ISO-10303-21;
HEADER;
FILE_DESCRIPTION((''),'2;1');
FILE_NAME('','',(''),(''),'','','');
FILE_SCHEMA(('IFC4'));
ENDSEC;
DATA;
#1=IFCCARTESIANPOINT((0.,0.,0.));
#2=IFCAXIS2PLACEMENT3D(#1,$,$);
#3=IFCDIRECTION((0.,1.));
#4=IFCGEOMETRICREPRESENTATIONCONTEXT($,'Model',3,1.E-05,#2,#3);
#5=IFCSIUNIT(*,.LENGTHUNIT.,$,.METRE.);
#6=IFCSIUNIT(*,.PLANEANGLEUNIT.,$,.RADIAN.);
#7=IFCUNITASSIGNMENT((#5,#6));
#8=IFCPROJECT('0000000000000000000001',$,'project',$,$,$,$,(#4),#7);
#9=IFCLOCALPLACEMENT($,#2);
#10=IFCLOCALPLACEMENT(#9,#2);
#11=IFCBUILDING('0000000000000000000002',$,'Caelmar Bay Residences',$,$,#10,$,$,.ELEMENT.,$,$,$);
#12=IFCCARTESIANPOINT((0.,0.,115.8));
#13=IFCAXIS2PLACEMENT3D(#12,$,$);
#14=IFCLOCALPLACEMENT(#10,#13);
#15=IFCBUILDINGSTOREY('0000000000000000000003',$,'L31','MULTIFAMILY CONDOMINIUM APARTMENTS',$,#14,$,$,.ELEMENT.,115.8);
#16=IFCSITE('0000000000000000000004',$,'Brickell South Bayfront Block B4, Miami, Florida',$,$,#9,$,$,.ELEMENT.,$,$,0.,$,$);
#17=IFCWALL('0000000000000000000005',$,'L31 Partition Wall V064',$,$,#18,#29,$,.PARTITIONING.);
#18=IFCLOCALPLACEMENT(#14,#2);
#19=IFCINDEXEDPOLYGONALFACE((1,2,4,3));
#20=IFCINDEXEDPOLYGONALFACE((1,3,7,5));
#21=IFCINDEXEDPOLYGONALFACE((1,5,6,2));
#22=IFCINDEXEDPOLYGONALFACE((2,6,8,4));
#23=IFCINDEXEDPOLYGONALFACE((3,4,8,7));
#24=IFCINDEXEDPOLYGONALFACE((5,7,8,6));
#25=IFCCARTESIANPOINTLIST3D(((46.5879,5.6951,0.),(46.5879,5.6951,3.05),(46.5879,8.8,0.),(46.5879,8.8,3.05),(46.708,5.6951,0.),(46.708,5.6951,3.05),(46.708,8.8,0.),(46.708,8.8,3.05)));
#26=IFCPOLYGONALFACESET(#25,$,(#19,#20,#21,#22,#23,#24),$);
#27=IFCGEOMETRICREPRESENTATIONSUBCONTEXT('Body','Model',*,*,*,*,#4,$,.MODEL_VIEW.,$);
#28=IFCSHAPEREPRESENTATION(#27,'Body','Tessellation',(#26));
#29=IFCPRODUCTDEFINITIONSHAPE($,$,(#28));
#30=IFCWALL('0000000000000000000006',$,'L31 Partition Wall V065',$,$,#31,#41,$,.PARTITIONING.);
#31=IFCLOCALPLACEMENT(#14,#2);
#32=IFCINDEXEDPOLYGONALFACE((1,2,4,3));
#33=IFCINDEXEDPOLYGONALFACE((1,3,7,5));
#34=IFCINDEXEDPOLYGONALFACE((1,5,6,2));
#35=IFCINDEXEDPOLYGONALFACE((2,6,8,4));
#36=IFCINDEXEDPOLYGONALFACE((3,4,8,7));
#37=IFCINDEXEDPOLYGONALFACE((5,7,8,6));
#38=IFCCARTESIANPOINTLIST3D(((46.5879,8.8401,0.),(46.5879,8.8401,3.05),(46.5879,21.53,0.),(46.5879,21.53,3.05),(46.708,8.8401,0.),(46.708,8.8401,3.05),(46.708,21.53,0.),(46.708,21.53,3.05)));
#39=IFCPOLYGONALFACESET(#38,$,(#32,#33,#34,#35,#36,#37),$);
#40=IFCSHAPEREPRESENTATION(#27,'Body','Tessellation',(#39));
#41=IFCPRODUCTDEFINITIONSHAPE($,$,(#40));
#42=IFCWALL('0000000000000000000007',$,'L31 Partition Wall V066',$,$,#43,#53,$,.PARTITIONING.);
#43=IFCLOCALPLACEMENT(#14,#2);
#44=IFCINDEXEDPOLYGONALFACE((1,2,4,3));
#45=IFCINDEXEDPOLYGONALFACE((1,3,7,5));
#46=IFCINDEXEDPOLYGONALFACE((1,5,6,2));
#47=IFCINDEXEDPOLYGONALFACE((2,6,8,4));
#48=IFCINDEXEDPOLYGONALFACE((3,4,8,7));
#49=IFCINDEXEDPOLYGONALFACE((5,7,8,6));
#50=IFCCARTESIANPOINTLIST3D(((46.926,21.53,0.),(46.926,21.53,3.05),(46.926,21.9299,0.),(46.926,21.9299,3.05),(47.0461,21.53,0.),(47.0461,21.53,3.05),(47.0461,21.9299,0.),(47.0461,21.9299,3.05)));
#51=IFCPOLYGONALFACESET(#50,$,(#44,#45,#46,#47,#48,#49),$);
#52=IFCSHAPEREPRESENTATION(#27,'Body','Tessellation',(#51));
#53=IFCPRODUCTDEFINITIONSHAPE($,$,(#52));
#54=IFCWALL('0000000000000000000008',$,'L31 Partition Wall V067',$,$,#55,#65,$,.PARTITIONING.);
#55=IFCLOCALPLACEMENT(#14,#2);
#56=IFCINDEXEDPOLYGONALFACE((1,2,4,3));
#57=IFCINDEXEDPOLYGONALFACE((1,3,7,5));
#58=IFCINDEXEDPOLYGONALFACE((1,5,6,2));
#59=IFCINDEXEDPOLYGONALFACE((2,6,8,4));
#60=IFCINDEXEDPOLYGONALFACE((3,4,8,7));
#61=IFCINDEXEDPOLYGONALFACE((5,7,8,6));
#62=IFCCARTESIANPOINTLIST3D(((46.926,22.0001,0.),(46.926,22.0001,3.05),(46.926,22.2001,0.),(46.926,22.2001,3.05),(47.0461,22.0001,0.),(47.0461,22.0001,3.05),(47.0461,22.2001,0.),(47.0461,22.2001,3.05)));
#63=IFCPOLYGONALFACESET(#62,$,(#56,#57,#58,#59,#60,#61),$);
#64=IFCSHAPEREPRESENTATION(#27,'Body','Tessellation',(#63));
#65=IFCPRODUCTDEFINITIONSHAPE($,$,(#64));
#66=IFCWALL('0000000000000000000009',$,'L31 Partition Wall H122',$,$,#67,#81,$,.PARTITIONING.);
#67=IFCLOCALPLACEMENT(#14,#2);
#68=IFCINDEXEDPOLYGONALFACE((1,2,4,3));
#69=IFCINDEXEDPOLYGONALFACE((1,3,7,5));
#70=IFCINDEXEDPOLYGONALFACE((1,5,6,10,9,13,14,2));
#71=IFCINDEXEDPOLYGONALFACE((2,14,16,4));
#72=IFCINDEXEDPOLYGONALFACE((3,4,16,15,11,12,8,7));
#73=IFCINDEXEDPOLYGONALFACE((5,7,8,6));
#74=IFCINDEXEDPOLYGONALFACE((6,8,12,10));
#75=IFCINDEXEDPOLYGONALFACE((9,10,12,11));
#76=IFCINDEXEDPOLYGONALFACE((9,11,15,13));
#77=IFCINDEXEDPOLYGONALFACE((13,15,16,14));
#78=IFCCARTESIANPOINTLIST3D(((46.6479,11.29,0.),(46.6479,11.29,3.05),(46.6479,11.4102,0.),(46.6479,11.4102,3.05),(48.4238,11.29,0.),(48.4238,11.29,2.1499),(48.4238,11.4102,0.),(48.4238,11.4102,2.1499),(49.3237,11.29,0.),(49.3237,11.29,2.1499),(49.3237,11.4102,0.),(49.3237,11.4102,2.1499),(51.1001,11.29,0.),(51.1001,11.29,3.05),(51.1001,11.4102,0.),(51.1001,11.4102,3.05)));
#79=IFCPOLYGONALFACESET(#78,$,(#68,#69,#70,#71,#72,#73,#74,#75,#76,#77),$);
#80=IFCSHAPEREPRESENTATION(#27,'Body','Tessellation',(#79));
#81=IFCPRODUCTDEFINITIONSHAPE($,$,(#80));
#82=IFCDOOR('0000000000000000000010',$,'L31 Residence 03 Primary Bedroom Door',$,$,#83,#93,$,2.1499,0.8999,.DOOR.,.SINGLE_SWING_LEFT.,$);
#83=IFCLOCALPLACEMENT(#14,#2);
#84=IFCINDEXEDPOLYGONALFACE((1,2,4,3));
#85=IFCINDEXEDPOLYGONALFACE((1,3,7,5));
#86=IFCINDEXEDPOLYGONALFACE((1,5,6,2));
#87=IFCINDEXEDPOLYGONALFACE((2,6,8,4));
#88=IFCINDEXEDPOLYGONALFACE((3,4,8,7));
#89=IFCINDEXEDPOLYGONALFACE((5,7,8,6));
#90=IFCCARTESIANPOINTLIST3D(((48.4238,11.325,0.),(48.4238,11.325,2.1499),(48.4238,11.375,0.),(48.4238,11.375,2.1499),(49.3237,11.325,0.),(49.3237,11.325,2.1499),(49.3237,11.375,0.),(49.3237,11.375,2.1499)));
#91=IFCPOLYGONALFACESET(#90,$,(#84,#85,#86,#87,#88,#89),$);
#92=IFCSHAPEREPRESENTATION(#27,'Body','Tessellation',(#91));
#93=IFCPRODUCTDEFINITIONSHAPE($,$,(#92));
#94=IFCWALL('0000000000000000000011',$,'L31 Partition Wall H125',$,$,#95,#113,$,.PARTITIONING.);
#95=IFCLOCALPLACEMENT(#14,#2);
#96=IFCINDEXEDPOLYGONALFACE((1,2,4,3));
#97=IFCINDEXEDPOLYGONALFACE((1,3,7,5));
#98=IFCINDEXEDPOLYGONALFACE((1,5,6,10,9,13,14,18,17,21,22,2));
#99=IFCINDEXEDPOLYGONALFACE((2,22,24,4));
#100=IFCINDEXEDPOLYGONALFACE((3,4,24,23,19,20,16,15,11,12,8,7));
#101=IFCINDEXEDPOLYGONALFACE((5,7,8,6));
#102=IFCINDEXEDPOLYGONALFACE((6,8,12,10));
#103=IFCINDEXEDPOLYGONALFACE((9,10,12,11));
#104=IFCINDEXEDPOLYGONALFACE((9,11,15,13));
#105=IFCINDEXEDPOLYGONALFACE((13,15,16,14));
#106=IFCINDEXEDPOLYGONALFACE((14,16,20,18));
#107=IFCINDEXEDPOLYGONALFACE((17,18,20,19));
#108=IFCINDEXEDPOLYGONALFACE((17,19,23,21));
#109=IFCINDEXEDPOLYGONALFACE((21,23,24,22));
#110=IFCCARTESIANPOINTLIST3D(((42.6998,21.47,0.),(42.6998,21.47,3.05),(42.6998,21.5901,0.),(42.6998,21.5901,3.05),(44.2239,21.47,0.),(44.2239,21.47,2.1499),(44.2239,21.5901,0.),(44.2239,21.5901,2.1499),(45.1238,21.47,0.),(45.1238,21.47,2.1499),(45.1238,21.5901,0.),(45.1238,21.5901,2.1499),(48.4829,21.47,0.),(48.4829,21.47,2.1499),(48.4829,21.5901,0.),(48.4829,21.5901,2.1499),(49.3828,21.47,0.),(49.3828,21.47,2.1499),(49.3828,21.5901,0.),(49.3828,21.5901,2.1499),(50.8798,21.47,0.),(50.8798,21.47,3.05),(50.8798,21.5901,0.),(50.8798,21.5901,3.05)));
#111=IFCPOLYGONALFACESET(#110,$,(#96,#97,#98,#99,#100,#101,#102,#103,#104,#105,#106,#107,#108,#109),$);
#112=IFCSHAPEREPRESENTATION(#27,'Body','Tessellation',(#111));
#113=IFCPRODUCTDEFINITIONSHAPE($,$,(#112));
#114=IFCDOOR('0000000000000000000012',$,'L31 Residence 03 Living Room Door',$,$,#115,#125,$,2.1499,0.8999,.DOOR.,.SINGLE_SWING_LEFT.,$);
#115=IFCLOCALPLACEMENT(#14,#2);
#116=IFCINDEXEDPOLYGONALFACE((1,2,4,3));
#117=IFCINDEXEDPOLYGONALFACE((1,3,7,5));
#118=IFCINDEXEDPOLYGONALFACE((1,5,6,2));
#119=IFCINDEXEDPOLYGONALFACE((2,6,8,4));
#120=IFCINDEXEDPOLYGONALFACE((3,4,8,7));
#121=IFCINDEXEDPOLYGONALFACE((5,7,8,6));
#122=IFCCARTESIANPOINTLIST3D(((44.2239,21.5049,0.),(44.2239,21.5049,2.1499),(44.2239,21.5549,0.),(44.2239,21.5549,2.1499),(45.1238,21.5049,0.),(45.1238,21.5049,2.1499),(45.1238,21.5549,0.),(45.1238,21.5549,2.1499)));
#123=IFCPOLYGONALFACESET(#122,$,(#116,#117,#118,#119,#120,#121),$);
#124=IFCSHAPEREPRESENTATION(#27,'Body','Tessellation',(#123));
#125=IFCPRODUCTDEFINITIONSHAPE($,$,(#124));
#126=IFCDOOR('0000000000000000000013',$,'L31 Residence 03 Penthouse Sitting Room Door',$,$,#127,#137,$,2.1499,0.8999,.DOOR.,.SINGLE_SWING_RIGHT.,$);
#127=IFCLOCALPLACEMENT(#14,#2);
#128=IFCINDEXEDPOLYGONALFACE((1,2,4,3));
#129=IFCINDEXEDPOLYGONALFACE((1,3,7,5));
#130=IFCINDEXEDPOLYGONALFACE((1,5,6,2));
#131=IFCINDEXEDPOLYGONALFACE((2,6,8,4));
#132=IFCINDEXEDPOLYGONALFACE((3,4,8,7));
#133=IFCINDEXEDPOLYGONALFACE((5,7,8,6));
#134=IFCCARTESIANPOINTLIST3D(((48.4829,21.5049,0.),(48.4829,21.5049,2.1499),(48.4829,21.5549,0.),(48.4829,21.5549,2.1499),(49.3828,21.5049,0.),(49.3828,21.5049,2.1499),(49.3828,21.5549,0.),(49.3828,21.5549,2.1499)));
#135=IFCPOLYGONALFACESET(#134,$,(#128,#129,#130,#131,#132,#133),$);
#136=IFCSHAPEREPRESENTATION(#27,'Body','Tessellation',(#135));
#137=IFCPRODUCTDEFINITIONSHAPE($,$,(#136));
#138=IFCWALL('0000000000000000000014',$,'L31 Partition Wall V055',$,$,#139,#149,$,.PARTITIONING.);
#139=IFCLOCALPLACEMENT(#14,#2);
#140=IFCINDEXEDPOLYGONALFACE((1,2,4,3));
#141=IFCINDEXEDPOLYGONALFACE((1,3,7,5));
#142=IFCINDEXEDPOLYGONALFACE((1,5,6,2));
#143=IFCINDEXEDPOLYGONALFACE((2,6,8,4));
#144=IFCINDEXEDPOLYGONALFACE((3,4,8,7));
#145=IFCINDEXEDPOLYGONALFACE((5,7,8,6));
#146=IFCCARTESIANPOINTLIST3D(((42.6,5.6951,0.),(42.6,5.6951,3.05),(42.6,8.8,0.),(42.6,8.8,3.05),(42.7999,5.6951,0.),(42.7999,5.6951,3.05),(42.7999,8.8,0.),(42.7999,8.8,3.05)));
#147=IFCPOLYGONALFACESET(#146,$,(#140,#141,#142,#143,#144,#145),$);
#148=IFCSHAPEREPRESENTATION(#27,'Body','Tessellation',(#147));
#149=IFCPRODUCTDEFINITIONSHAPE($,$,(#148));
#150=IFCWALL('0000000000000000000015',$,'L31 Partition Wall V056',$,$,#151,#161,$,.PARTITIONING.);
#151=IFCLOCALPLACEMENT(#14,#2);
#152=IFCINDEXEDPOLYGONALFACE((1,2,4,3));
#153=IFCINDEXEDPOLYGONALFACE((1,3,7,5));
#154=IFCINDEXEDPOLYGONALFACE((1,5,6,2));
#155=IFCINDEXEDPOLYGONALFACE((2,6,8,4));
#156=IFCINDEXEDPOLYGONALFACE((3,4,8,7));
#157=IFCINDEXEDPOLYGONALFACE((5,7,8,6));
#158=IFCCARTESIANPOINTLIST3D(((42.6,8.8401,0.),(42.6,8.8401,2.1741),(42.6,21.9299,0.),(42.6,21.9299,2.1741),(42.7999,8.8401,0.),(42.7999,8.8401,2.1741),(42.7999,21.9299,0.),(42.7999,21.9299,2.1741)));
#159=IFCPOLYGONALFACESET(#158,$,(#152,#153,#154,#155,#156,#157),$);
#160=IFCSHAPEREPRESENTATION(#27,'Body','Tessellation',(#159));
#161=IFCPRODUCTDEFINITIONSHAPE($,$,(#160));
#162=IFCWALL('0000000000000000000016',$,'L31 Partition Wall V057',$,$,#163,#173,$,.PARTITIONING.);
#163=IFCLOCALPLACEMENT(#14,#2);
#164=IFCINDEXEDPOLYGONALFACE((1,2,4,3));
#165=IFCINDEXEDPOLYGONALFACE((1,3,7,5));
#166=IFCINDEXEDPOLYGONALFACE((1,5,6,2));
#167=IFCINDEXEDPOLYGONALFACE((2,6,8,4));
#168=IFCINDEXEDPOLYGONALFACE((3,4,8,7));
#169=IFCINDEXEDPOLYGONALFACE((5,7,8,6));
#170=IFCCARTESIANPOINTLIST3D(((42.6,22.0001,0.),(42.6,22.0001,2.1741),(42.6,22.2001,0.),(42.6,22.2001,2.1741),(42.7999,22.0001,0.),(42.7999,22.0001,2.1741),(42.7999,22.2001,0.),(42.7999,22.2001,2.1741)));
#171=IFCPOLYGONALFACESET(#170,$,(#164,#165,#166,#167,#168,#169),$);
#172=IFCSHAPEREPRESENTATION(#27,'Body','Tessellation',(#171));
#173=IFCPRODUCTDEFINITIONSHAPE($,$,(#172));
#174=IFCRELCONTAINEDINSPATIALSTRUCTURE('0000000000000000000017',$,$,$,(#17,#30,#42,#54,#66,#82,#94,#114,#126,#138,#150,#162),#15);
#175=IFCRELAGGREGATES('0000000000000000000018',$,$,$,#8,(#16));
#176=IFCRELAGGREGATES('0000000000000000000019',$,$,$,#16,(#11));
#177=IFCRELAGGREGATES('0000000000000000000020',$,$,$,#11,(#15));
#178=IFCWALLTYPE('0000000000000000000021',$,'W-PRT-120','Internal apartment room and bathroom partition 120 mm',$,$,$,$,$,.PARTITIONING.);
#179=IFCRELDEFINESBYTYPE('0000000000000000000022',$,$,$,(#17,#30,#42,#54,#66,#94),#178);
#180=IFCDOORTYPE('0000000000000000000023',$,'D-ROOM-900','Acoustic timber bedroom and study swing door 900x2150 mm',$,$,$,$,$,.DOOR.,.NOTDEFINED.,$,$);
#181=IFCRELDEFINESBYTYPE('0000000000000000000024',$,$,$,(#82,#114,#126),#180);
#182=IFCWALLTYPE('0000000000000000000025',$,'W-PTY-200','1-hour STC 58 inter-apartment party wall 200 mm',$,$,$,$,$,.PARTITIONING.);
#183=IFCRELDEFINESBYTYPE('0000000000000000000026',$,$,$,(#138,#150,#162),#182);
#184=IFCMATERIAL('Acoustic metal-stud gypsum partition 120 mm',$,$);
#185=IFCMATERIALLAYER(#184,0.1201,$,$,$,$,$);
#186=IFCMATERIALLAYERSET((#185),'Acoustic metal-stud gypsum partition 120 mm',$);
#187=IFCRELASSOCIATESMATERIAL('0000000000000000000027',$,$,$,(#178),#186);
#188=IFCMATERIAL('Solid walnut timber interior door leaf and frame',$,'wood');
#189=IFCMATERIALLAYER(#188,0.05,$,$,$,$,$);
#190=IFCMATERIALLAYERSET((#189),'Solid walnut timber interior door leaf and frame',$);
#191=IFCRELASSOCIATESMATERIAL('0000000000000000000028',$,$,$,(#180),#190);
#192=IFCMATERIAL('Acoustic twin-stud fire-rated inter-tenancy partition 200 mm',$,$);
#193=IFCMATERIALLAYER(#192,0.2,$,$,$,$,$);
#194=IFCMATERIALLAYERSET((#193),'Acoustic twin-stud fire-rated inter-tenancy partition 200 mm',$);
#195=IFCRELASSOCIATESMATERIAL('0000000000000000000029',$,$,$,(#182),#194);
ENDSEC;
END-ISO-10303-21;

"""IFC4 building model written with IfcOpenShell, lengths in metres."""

from ifc_helpers import new_model, si_unit, direction, frame, frame_2d, origin, place, context, subcontext, project, spatial, rectangle, extrude, material, layer, layer_set, type_object, element, fill, save


model = new_model("IFC4")

# Units and contexts
model_context = context("Model", 3, precision=1e-05, world=origin(), true_north=direction((0.0, 1.0)))
body_context = subcontext(model_context, "Body", "Model", "MODEL_VIEW")
ifc_project = project(units=[si_unit("LENGTHUNIT", "METRE"), si_unit("PLANEANGLEUNIT", "RADIAN")], contexts=[model_context])

# Site, building, storey
site_placement = place(None, origin())
site = spatial("IfcSite", under=ifc_project, at=site_placement, Name="Brickell South Bayfront Block B4, Miami, Florida", CompositionType="ELEMENT", RefElevation=0.0)
building_placement = place(site_placement, origin())
building = spatial("IfcBuilding", under=site, at=building_placement, Name="Caelmar Bay Residences", CompositionType="ELEMENT")
storey_placement = place(building_placement, frame((0.0, 0.0, 115.8)))
storey = spatial("IfcBuildingStorey", under=building, at=storey_placement, Name="L31", Description="MULTIFAMILY CONDOMINIUM APARTMENTS", CompositionType="ELEMENT", Elevation=115.8)

# Walls
ifc_material_1 = material(Name="Acoustic metal-stud gypsum partition 120 mm")
ifc_layer_1 = layer(ifc_material_1, 0.1201)
ifc_layer_set_1 = layer_set([ifc_layer_1], Name="Acoustic metal-stud gypsum partition 120 mm")
wall_type_1 = type_object("IfcWallType", Name="W-PRT-120", Description="Internal apartment room and bathroom partition 120 mm", PredefinedType="PARTITIONING", material=ifc_layer_set_1)
wall_1_placement = place(storey_placement, frame((46.6479, 5.6951, 0.0), z_axis=(0.0, 0.0, 1.0), x_axis=(0.0, 1.0, 0.0)))
element("IfcWall", 1, at=wall_1_placement, inside=storey, type_object=wall_type_1, Name="L31 Partition Wall V064", PredefinedType="PARTITIONING", context=body_context, shape_type="SweptSolid", body=[
    extrude(rectangle(XDim=3.105, YDim=0.1201, at=frame_2d((1.5525, 0.0))), origin(), (0.0, 0.0, 1.0), 3.05),
])
wall_2_placement = place(storey_placement, frame((46.6479, 8.8401, 0.0), z_axis=(0.0, 0.0, 1.0), x_axis=(0.0, 1.0, 0.0)))
element("IfcWall", 2, at=wall_2_placement, inside=storey, type_object=wall_type_1, Name="L31 Partition Wall V065", PredefinedType="PARTITIONING", context=body_context, shape_type="SweptSolid", body=[
    extrude(rectangle(XDim=12.6899, YDim=0.1201, at=frame_2d((6.345, 0.0))), origin(), (0.0, 0.0, 1.0), 3.05),
])
wall_3_placement = place(storey_placement, frame((46.9861, 21.53, 0.0), z_axis=(0.0, 0.0, 1.0), x_axis=(0.0, 1.0, 0.0)))
element("IfcWall", 3, at=wall_3_placement, inside=storey, type_object=wall_type_1, Name="L31 Partition Wall V066", PredefinedType="PARTITIONING", context=body_context, shape_type="SweptSolid", body=[
    extrude(rectangle(XDim=0.3999, YDim=0.1201, at=frame_2d((0.2, 0.0))), origin(), (0.0, 0.0, 1.0), 3.05),
])
wall_4_placement = place(storey_placement, frame((46.9861, 22.0, 0.0), z_axis=(0.0, 0.0, 1.0), x_axis=(0.0, 1.0, 0.0)))
element("IfcWall", 4, at=wall_4_placement, inside=storey, type_object=wall_type_1, Name="L31 Partition Wall V067", PredefinedType="PARTITIONING", context=body_context, shape_type="SweptSolid", body=[
    extrude(rectangle(XDim=0.2, YDim=0.1201, at=frame_2d((0.1001, 0.0))), origin(), (0.0, 0.0, 1.0), 3.05),
])

# Wall, opening, door
wall_5_placement = place(storey_placement, frame((46.6479, 11.3501, 0.0), z_axis=(0.0, 0.0, 1.0), x_axis=(1.0, 0.0, 0.0)))
wall_5 = element("IfcWall", 5, at=wall_5_placement, inside=storey, type_object=wall_type_1, Name="L31 Partition Wall H122", PredefinedType="PARTITIONING", context=body_context, shape_type="SweptSolid", body=[
    extrude(rectangle(XDim=4.4521, YDim=0.1201, at=frame_2d((2.2261, 0.0))), origin(), (0.0, 0.0, 1.0), 3.05),
])
opening_1_placement = place(wall_5_placement, frame((1.7759, 0.0, 0.0)))
opening_1 = element("IfcOpeningElement", 6, at=opening_1_placement, cuts=wall_5, PredefinedType="OPENING", context=body_context, shape_type="SweptSolid", body=[
    extrude(rectangle(XDim=0.8999, YDim=2.1499, at=frame_2d((0.45, 1.075))), frame((0.0, 0.0701, 0.0), z_axis=(0.0, -1.0, 0.0), x_axis=(1.0, 0.0, 0.0)), (0.0, 0.0, 1.0), 0.1401),
])
ifc_material_2 = material(Name="Solid walnut timber interior door leaf and frame", Category="wood")
ifc_layer_2 = layer(ifc_material_2, 0.05)
ifc_layer_set_2 = layer_set([ifc_layer_2], Name="Solid walnut timber interior door leaf and frame")
door_type = type_object("IfcDoorType", Name="D-ROOM-900", Description="Acoustic timber bedroom and study swing door 900x2150 mm", OperationType="NOTDEFINED", PredefinedType="DOOR", material=ifc_layer_set_2)
door_1_placement = place(opening_1_placement, origin())
door_1 = element("IfcDoor", 7, at=door_1_placement, inside=storey, type_object=door_type, Name="L31 Residence 03 Primary Bedroom Door", OperationType="SINGLE_SWING_LEFT", OverallHeight=2.1499, OverallWidth=0.8999, PredefinedType="DOOR", context=body_context, shape_type="SweptSolid", body=[
    extrude(rectangle(XDim=0.8999, YDim=2.1499, at=frame_2d((0.45, 1.075))), frame((0.0, 0.0249, 0.0), z_axis=(0.0, -1.0, 0.0), x_axis=(1.0, 0.0, 0.0)), (0.0, 0.0, 1.0), 0.05),
])
fill(opening_1, door_1)

# Wall, openings, doors
wall_6_placement = place(storey_placement, frame((42.7, 21.53, 0.0), z_axis=(0.0, 0.0, 1.0), x_axis=(1.0, 0.0, 0.0)))
wall_6 = element("IfcWall", 8, at=wall_6_placement, inside=storey, type_object=wall_type_1, Name="L31 Partition Wall H125", PredefinedType="PARTITIONING", context=body_context, shape_type="SweptSolid", body=[
    extrude(rectangle(XDim=8.1799, YDim=0.1201, at=frame_2d((4.0898, 0.0))), origin(), (0.0, 0.0, 1.0), 3.05),
])
opening_2_placement = place(wall_6_placement, frame((1.5239, 0.0, 0.0)))
opening_2 = element("IfcOpeningElement", 9, at=opening_2_placement, cuts=wall_6, PredefinedType="OPENING", context=body_context, shape_type="SweptSolid", body=[
    extrude(rectangle(XDim=0.8999, YDim=2.1499, at=frame_2d((0.45, 1.075))), frame((0.0, 0.0701, 0.0), z_axis=(0.0, -1.0, 0.0), x_axis=(1.0, 0.0, 0.0)), (0.0, 0.0, 1.0), 0.1401),
])
opening_3_placement = place(wall_6_placement, frame((5.783, 0.0, 0.0)))
opening_3 = element("IfcOpeningElement", 10, at=opening_3_placement, cuts=wall_6, PredefinedType="OPENING", context=body_context, shape_type="SweptSolid", body=[
    extrude(rectangle(XDim=0.8999, YDim=2.1499, at=frame_2d((0.45, 1.075))), frame((0.0, 0.0701, 0.0), z_axis=(0.0, -1.0, 0.0), x_axis=(1.0, 0.0, 0.0)), (0.0, 0.0, 1.0), 0.1401),
])
door_2_placement = place(opening_2_placement, origin())
door_2 = element("IfcDoor", 11, at=door_2_placement, inside=storey, type_object=door_type, Name="L31 Residence 03 Living Room Door", OperationType="SINGLE_SWING_LEFT", OverallHeight=2.1499, OverallWidth=0.8999, PredefinedType="DOOR", context=body_context, shape_type="SweptSolid", body=[
    extrude(rectangle(XDim=0.8999, YDim=2.1499, at=frame_2d((0.45, 1.075))), frame((0.0, 0.0249, 0.0), z_axis=(0.0, -1.0, 0.0), x_axis=(1.0, 0.0, 0.0)), (0.0, 0.0, 1.0), 0.05),
])
fill(opening_2, door_2)
door_3_placement = place(opening_3_placement, origin())
door_3 = element("IfcDoor", 12, at=door_3_placement, inside=storey, type_object=door_type, Name="L31 Residence 03 Penthouse Sitting Room Door", OperationType="SINGLE_SWING_RIGHT", OverallHeight=2.1499, OverallWidth=0.8999, PredefinedType="DOOR", context=body_context, shape_type="SweptSolid", body=[
    extrude(rectangle(XDim=0.8999, YDim=2.1499, at=frame_2d((0.45, 1.075))), frame((0.0, 0.0249, 0.0), z_axis=(0.0, -1.0, 0.0), x_axis=(1.0, 0.0, 0.0)), (0.0, 0.0, 1.0), 0.05),
])
fill(opening_3, door_3)

# Walls
ifc_material_3 = material(Name="Acoustic twin-stud fire-rated inter-tenancy partition 200 mm")
ifc_layer_3 = layer(ifc_material_3, 0.2)
ifc_layer_set_3 = layer_set([ifc_layer_3], Name="Acoustic twin-stud fire-rated inter-tenancy partition 200 mm")
wall_type_2 = type_object("IfcWallType", Name="W-PTY-200", Description="1-hour STC 58 inter-apartment party wall 200 mm", PredefinedType="PARTITIONING", material=ifc_layer_set_3)
wall_7_placement = place(storey_placement, frame((42.7, 5.6951, 0.0), z_axis=(0.0, 0.0, 1.0), x_axis=(0.0, 1.0, 0.0)))
element("IfcWall", 13, at=wall_7_placement, inside=storey, type_object=wall_type_2, Name="L31 Partition Wall V055", PredefinedType="PARTITIONING", context=body_context, shape_type="SweptSolid", body=[
    extrude(rectangle(XDim=3.105, YDim=0.2, at=frame_2d((1.5525, 0.0))), origin(), (0.0, 0.0, 1.0), 3.05),
])
wall_8_placement = place(storey_placement, frame((42.7, 8.8401, 0.0), z_axis=(0.0, 0.0, 1.0), x_axis=(0.0, 1.0, 0.0)))
element("IfcWall", 14, at=wall_8_placement, inside=storey, type_object=wall_type_2, Name="L31 Partition Wall V056", PredefinedType="PARTITIONING", context=body_context, shape_type="SweptSolid", body=[
    extrude(rectangle(XDim=13.0898, YDim=0.2, at=frame_2d((6.5449, 0.0))), origin(), (0.0, 0.0, 1.0), 2.1741),
])
wall_9_placement = place(storey_placement, frame((42.7, 22.0, 0.0), z_axis=(0.0, 0.0, 1.0), x_axis=(0.0, 1.0, 0.0)))
element("IfcWall", 15, at=wall_9_placement, inside=storey, type_object=wall_type_2, Name="L31 Partition Wall V057", PredefinedType="PARTITIONING", context=body_context, shape_type="SweptSolid", body=[
    extrude(rectangle(XDim=0.2, YDim=0.2, at=frame_2d((0.1001, 0.0))), origin(), (0.0, 0.0, 1.0), 2.1741),
])

save(model, "model.ifc")
